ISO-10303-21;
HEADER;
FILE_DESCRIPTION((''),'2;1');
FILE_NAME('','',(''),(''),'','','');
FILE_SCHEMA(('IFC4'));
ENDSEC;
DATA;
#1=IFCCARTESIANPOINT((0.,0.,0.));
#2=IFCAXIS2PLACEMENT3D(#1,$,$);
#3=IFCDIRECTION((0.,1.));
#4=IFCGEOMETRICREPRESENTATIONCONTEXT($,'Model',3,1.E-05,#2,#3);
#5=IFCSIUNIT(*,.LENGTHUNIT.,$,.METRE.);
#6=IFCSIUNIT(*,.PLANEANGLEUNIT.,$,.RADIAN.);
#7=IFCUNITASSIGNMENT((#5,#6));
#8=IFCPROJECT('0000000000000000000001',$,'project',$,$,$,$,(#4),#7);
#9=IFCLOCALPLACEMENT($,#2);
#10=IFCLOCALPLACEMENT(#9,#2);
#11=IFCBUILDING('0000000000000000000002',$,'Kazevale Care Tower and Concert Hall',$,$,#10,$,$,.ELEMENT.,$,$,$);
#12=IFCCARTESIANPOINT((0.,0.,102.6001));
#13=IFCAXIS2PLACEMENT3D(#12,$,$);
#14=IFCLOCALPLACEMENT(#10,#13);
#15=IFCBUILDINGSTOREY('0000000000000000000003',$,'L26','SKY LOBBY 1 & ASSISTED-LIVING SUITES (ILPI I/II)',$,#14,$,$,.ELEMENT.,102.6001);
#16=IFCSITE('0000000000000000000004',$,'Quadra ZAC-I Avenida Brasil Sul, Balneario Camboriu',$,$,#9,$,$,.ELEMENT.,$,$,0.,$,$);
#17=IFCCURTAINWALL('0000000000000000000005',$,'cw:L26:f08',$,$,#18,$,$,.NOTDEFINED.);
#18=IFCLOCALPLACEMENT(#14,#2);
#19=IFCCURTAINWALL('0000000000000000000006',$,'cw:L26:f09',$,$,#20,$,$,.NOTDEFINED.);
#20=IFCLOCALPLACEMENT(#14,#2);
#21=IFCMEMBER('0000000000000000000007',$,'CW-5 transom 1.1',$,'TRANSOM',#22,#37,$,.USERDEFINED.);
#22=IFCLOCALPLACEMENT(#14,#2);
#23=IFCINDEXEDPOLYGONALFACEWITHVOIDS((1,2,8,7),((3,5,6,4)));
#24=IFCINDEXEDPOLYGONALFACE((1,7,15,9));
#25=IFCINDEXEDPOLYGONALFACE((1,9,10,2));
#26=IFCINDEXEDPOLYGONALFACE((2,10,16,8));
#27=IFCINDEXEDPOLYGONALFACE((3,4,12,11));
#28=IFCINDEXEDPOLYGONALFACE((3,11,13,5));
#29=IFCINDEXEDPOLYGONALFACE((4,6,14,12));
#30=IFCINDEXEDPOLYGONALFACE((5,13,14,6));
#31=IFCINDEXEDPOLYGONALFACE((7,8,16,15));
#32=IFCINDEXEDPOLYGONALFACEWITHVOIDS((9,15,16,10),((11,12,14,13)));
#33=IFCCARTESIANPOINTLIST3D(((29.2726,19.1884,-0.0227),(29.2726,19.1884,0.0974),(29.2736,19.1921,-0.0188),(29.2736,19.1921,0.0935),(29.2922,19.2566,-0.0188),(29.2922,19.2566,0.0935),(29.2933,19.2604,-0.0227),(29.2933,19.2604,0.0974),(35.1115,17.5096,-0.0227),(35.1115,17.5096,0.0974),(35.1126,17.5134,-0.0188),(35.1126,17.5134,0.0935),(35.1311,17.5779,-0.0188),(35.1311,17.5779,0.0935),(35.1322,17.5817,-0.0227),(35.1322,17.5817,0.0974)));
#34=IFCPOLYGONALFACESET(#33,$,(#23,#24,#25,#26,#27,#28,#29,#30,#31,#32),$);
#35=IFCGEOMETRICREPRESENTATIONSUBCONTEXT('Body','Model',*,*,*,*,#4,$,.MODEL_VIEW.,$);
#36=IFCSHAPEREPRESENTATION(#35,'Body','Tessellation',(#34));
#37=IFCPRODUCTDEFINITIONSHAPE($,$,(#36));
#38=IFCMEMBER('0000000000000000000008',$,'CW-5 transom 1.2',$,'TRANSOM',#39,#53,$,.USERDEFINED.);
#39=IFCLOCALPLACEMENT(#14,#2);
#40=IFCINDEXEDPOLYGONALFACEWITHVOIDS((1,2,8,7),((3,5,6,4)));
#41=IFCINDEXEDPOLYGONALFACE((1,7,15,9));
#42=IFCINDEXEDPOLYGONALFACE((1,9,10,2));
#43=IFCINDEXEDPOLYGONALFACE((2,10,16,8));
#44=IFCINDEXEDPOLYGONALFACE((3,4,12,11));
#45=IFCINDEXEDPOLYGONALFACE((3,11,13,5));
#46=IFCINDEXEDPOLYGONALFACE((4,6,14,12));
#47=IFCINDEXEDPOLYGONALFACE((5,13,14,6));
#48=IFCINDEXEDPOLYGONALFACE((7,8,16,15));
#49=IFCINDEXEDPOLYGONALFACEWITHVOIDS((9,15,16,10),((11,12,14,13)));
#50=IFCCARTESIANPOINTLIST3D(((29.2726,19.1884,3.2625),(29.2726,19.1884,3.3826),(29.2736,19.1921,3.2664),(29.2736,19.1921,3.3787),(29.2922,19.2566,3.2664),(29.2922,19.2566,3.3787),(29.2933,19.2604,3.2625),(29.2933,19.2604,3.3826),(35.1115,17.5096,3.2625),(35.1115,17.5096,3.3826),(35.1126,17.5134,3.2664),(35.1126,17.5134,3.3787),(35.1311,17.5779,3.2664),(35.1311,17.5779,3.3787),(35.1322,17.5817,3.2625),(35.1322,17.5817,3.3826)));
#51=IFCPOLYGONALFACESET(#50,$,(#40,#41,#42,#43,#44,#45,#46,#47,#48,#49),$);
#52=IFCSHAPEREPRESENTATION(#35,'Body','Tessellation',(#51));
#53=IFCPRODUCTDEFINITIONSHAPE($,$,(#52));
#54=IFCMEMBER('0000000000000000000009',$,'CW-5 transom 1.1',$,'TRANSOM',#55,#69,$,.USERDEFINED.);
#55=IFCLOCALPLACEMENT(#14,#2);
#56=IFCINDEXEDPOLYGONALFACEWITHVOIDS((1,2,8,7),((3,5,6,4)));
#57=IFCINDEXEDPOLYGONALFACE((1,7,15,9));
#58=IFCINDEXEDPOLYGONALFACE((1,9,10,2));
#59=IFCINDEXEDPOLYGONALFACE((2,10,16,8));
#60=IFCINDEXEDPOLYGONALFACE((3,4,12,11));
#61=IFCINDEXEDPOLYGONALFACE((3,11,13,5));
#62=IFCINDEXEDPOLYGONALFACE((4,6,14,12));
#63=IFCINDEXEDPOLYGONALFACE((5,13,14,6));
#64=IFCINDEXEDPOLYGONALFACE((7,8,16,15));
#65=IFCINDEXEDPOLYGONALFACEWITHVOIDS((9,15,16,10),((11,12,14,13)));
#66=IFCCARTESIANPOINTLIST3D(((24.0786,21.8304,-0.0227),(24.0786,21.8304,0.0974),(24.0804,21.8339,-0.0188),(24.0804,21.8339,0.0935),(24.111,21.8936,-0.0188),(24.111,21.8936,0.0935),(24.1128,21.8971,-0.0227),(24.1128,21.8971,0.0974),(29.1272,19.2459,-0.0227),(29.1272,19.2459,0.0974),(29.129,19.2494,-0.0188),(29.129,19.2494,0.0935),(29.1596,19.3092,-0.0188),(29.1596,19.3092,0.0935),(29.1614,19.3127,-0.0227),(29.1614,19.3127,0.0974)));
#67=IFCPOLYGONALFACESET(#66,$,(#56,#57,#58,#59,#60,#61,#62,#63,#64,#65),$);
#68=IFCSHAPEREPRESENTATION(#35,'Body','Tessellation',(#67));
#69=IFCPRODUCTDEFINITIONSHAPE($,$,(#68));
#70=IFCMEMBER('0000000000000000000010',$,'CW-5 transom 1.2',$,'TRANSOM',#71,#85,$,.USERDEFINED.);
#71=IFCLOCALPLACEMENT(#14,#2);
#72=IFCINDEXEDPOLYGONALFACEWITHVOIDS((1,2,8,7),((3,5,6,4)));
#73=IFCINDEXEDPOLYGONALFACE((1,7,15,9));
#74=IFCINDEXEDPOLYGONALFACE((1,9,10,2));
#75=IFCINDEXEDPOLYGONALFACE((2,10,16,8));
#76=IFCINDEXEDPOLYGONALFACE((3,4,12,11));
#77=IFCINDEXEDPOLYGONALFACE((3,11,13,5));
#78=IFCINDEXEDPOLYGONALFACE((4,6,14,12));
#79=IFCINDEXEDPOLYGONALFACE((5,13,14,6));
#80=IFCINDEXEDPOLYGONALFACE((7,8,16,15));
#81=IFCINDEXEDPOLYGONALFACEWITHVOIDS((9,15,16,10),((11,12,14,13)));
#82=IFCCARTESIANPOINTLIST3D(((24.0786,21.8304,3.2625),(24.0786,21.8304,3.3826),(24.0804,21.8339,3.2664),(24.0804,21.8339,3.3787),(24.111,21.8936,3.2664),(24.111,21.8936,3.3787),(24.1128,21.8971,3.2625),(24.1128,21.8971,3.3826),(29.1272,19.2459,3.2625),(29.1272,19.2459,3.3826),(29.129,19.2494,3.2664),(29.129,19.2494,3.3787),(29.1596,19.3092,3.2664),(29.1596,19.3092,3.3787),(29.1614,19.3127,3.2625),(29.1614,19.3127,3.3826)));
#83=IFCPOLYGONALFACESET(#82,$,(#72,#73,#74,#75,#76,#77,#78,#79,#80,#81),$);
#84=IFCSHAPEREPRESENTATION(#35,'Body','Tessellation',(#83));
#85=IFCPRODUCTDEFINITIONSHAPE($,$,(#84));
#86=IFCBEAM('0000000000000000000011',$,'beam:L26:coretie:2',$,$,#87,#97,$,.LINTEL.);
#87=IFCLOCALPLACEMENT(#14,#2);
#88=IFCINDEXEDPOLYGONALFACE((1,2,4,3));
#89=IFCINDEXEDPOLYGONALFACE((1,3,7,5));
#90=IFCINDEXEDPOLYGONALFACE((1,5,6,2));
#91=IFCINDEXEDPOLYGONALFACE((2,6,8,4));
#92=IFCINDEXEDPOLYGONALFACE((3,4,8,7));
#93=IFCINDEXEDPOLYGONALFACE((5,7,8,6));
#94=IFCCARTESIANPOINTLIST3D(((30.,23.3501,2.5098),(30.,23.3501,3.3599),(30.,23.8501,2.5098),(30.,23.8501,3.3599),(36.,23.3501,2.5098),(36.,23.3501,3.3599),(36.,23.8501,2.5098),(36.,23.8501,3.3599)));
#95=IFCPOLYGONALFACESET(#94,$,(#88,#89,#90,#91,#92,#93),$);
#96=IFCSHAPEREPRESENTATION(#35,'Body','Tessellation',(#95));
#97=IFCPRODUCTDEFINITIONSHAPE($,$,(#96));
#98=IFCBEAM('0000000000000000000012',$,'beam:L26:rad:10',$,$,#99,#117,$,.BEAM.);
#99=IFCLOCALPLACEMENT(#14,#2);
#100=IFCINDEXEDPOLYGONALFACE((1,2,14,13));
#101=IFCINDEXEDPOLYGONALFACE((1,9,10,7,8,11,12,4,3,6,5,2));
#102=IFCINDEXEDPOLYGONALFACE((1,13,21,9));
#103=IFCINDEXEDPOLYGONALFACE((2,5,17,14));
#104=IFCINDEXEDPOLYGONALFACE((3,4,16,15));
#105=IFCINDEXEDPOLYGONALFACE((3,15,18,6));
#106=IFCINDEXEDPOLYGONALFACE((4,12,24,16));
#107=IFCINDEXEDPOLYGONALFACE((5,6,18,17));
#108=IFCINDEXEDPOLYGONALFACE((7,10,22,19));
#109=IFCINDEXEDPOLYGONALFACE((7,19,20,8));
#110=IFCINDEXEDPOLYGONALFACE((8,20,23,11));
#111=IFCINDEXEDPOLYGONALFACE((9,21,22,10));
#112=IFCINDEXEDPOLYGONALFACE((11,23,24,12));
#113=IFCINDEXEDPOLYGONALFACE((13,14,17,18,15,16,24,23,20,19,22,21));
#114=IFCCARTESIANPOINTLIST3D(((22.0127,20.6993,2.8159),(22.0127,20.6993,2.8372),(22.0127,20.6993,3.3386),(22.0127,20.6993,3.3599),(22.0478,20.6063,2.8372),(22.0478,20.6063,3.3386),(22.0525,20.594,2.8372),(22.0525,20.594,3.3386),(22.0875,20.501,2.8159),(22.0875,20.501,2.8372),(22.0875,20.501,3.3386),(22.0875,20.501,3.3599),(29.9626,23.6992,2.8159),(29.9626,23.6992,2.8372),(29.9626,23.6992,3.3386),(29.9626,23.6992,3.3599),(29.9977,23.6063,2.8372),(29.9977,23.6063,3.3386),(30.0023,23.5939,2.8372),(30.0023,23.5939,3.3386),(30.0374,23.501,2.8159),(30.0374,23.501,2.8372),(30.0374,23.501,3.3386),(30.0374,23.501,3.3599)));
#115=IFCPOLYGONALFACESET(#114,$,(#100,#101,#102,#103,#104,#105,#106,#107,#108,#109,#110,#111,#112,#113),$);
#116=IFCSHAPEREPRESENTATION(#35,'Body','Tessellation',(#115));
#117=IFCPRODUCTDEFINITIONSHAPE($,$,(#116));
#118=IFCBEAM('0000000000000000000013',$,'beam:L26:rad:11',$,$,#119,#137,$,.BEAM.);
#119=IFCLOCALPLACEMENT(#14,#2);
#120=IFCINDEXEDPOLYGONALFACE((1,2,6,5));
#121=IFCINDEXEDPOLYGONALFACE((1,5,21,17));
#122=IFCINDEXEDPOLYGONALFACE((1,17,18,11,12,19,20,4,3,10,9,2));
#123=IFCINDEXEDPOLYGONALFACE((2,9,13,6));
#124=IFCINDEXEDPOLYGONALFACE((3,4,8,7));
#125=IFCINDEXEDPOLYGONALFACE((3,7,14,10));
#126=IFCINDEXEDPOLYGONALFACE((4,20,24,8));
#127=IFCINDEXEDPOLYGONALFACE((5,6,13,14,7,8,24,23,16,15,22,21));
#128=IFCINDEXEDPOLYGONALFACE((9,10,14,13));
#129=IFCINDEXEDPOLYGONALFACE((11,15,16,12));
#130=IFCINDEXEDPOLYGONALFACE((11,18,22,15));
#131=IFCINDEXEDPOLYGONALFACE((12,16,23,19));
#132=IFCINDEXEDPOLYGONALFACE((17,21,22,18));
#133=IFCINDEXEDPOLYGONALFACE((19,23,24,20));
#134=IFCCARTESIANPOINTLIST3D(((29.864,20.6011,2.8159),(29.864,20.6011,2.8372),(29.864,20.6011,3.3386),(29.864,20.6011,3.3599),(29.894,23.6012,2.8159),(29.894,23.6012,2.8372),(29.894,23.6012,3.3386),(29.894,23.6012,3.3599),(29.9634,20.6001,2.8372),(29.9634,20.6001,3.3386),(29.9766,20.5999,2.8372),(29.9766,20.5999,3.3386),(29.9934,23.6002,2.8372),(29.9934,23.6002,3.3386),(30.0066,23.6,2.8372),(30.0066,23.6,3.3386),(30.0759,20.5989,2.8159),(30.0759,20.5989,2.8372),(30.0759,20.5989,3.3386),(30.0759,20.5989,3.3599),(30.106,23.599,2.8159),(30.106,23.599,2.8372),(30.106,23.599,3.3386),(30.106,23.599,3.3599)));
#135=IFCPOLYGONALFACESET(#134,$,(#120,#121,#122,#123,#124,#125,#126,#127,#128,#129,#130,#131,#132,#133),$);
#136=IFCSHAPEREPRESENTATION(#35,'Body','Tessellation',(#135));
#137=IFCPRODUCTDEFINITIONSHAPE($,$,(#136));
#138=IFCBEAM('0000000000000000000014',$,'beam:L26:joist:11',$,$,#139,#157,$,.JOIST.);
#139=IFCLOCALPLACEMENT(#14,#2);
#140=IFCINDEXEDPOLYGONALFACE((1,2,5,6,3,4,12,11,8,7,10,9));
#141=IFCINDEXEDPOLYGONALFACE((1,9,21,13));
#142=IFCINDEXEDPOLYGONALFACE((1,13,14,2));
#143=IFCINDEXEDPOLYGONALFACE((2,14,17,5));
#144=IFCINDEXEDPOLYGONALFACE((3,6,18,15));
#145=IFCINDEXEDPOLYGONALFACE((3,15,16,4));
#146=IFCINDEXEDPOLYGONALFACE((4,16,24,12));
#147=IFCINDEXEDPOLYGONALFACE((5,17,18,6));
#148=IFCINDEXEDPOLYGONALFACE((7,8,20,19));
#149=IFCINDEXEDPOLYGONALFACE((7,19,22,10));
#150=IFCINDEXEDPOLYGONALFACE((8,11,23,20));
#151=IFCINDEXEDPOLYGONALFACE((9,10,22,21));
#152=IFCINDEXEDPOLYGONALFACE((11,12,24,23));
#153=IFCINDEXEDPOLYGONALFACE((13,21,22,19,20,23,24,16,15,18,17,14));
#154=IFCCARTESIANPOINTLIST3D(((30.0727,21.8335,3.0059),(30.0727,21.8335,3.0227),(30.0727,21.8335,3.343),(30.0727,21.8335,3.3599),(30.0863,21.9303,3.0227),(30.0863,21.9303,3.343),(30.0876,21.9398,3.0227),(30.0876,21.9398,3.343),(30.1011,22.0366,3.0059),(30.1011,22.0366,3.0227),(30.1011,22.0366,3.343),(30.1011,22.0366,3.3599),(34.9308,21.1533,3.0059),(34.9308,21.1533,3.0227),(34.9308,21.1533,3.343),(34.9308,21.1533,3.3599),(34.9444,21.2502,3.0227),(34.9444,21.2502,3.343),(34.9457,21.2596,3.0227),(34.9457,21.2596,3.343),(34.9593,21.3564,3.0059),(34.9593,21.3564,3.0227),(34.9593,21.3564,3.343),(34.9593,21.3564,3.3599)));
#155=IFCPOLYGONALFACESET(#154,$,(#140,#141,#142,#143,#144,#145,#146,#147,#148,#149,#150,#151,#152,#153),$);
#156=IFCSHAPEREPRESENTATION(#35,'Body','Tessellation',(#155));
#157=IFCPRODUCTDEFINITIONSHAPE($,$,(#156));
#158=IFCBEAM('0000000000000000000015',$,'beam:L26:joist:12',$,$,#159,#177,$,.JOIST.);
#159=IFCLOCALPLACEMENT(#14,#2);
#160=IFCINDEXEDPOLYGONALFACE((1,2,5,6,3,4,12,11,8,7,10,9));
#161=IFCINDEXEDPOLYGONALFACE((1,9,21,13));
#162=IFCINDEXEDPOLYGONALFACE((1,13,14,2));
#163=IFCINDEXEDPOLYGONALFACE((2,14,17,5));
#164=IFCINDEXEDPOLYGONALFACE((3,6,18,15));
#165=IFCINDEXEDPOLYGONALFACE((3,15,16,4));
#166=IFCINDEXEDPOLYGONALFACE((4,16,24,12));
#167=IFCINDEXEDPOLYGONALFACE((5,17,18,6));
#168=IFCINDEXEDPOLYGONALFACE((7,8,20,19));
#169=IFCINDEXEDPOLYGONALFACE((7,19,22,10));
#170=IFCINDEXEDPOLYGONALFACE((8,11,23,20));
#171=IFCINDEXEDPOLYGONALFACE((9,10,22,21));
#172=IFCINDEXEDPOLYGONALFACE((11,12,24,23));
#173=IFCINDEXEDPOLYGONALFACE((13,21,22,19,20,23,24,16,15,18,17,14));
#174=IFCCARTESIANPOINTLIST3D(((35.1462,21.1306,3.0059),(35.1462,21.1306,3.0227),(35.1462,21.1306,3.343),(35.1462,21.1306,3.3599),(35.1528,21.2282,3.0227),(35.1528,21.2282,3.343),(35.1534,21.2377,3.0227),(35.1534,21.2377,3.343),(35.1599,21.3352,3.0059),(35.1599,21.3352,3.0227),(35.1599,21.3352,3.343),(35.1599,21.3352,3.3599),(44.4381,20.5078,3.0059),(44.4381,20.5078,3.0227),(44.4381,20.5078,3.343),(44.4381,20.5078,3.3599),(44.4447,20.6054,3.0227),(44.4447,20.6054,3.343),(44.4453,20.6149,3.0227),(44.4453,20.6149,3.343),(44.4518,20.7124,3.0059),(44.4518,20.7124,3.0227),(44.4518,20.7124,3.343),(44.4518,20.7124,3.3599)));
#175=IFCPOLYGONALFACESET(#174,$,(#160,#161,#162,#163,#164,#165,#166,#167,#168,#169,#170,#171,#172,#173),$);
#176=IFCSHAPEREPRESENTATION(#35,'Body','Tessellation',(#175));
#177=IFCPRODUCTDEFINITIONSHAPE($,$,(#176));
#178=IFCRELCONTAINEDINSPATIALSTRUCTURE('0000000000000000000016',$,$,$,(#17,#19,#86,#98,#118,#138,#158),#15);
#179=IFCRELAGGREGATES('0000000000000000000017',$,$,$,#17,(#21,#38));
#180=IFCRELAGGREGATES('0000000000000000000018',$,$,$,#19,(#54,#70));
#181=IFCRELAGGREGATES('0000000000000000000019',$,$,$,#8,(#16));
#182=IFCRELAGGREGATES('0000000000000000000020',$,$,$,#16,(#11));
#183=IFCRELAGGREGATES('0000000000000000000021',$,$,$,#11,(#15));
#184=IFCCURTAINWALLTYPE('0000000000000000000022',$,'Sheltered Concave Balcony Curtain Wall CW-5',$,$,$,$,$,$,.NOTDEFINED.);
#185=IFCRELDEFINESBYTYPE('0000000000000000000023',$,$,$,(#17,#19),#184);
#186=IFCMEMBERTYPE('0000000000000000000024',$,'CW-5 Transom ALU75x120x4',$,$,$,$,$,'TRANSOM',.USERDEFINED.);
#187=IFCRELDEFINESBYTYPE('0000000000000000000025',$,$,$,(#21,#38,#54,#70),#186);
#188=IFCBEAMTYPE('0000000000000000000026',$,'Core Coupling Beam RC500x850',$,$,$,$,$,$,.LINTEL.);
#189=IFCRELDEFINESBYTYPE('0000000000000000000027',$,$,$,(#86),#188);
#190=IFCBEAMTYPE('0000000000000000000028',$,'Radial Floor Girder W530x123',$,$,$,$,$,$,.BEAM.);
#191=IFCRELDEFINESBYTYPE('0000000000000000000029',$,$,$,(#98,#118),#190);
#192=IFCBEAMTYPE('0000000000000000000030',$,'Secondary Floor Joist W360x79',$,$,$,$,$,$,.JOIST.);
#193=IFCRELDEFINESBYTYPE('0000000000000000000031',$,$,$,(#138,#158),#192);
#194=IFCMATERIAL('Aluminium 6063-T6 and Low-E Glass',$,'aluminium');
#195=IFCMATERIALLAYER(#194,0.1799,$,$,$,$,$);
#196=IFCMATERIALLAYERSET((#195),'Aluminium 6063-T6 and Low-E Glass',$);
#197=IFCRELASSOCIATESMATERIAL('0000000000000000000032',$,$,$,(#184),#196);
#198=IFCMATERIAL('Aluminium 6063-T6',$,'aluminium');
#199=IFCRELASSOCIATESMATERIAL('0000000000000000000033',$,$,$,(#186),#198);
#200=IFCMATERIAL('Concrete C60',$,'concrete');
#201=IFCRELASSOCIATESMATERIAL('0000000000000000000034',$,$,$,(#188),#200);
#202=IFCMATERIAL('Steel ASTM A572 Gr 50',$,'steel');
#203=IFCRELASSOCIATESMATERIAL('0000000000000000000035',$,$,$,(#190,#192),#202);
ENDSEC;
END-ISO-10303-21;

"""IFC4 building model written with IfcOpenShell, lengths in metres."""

from ifc_helpers import new_model, si_unit, direction, frame, origin, origin_2d, place, context, subcontext, project, spatial, rectangle, hollow_rectangle, i_section, extrude, material, layer, layer_set, material_profile, profile_set, type_object, element, aggregate, save


model = new_model("IFC4")

# Units and contexts
model_context = context("Model", 3, precision=1e-05, world=origin(), true_north=direction((0.0, 1.0)))
body_context = subcontext(model_context, "Body", "Model", "MODEL_VIEW")
ifc_project = project(units=[si_unit("LENGTHUNIT", "METRE"), si_unit("PLANEANGLEUNIT", "RADIAN")], contexts=[model_context])

# Site, building, storey
site_placement = place(None, origin())
site = spatial("IfcSite", under=ifc_project, at=site_placement, Name="Quadra ZAC-I Avenida Brasil Sul, Balneario Camboriu", CompositionType="ELEMENT", RefElevation=0.0)
building_placement = place(site_placement, origin())
building = spatial("IfcBuilding", under=site, at=building_placement, Name="Kazevale Care Tower and Concert Hall", CompositionType="ELEMENT")
storey_placement = place(building_placement, frame((0.0, 0.0, 102.6001)))
storey = spatial("IfcBuildingStorey", under=building, at=storey_placement, Name="L26", Description="SKY LOBBY 1 & ASSISTED-LIVING SUITES (ILPI I/II)", CompositionType="ELEMENT", Elevation=102.6001)

# Shared definitions
ifc_material_1 = material(Name="Concrete C60", Category="concrete")

# Shared definitions
ifc_material_2 = material(Name="Aluminium 6063-T6 and Low-E Glass", Category="aluminium")
ifc_layer_1 = layer(ifc_material_2, 0.1799)
ifc_layer_set_1 = layer_set([ifc_layer_1], Name="Aluminium 6063-T6 and Low-E Glass")
curtain_wall_type = type_object("IfcCurtainWallType", Name="Sheltered Concave Balcony Curtain Wall CW-5", PredefinedType="NOTDEFINED", material=ifc_layer_set_1)
ifc_material_3 = material(Name="Aluminium 6063-T6", Category="aluminium")

# Curtain wall
curtain_wall_1_placement = place(storey_placement, origin())
curtain_wall_1 = element("IfcCurtainWall", 1, at=curtain_wall_1_placement, inside=storey, type_object=curtain_wall_type, Name="cw:L26:f08", PredefinedType="NOTDEFINED")

# Curtain wall
curtain_wall_2_placement = place(storey_placement, origin())
curtain_wall_2 = element("IfcCurtainWall", 2, at=curtain_wall_2_placement, inside=storey, type_object=curtain_wall_type, Name="cw:L26:f09", PredefinedType="NOTDEFINED")

# Members
ifc_material_profile_1 = material_profile(ifc_material_3, hollow_rectangle(XDim=0.075, YDim=0.1201, WallThickness=0.0039, at=origin_2d()), Name="ALU75x120x4")
ifc_profile_set_1 = profile_set([ifc_material_profile_1], Name="Aluminium 6063-T6")
member_type_1 = type_object("IfcMemberType", Name="CW-5 Transom ALU75x120x4", ElementType="TRANSOM", PredefinedType="USERDEFINED", material=ifc_profile_set_1)
member_1_placement = place(storey_placement, frame((35.1218, 17.5457, 0.0374), z_axis=(-0.961068, 0.276313, 0.0), x_axis=(-0.276313, -0.961068, 0.0)))
member_1 = element("IfcMember", 3, at=member_1_placement, type_object=member_type_1, Name="CW-5 transom 1.1", ObjectType="TRANSOM", PredefinedType="USERDEFINED", context=body_context, shape_type="SweptSolid", body=[
    extrude(hollow_rectangle(XDim=0.075, YDim=0.1201, WallThickness=0.0039, at=origin_2d()), origin(), (0.0, 0.0, 1.0), 6.0754),
])
member_2_placement = place(storey_placement, frame((35.1218, 17.5457, 3.3225), z_axis=(-0.961068, 0.276313, 0.0), x_axis=(-0.276313, -0.961068, 0.0)))
member_2 = element("IfcMember", 4, at=member_2_placement, type_object=member_type_1, Name="CW-5 transom 1.2", ObjectType="TRANSOM", PredefinedType="USERDEFINED", context=body_context, shape_type="SweptSolid", body=[
    extrude(hollow_rectangle(XDim=0.075, YDim=0.1201, WallThickness=0.0039, at=origin_2d()), origin(), (0.0, 0.0, 1.0), 6.0754),
])
member_3_placement = place(storey_placement, frame((29.1443, 19.2793, 0.0374), z_axis=(-0.890143, 0.455682, 0.0), x_axis=(-0.455682, -0.890143, 0.0)))
member_3 = element("IfcMember", 5, at=member_3_placement, type_object=member_type_1, Name="CW-5 transom 1.1", ObjectType="TRANSOM", PredefinedType="USERDEFINED", context=body_context, shape_type="SweptSolid", body=[
    extrude(hollow_rectangle(XDim=0.075, YDim=0.1201, WallThickness=0.0039, at=origin_2d()), origin(), (0.0, 0.0, 1.0), 5.6716),
])
member_4_placement = place(storey_placement, frame((29.1443, 19.2793, 3.3225), z_axis=(-0.890143, 0.455682, 0.0), x_axis=(-0.455682, -0.890143, 0.0)))
member_4 = element("IfcMember", 6, at=member_4_placement, type_object=member_type_1, Name="CW-5 transom 1.2", ObjectType="TRANSOM", PredefinedType="USERDEFINED", context=body_context, shape_type="SweptSolid", body=[
    extrude(hollow_rectangle(XDim=0.075, YDim=0.1201, WallThickness=0.0039, at=origin_2d()), origin(), (0.0, 0.0, 1.0), 5.6716),
])

# Beams
ifc_material_profile_2 = material_profile(ifc_material_1, rectangle(XDim=0.5, YDim=0.8501, at=origin_2d()), Name="RC-B500x850")
ifc_profile_set_2 = profile_set([ifc_material_profile_2], Name="Concrete C60")
beam_type_1 = type_object("IfcBeamType", Name="Core Coupling Beam RC500x850", PredefinedType="LINTEL", material=ifc_profile_set_2)
beam_1_placement = place(storey_placement, frame((30.0, 23.6001, 2.9348), z_axis=(1.0, 0.0, 0.0), x_axis=(0.0, 1.0, 0.0)))
element("IfcBeam", 7, at=beam_1_placement, inside=storey, type_object=beam_type_1, Name="beam:L26:coretie:2", PredefinedType="LINTEL", context=body_context, shape_type="SweptSolid", body=[
    extrude(rectangle(XDim=0.5, YDim=0.8501, at=origin_2d()), origin(), (0.0, 0.0, 1.0), 6.0),
])
ifc_material_4 = material(Name="Steel ASTM A572 Gr 50", Category="steel")
ifc_material_profile_3 = material_profile(ifc_material_4, i_section(OverallWidth=0.2119, OverallDepth=0.5439, WebThickness=0.0132, FlangeThickness=0.0212, at=origin_2d()), Name="W530x123")
ifc_profile_set_3 = profile_set([ifc_material_profile_3], Name="Steel ASTM A572 Gr 50")
beam_type_2 = type_object("IfcBeamType", Name="Radial Floor Girder W530x123", PredefinedType="BEAM", material=ifc_profile_set_3)
beam_2_placement = place(storey_placement, frame((30.0, 23.6001, 3.0879), z_axis=(-0.935601, -0.353059, 0.0), x_axis=(0.353059, -0.935601, 0.0)))
element("IfcBeam", 8, at=beam_2_placement, inside=storey, type_object=beam_type_2, Name="beam:L26:rad:10", PredefinedType="BEAM", context=body_context, shape_type="SweptSolid", body=[
    extrude(i_section(OverallWidth=0.2119, OverallDepth=0.5439, WebThickness=0.0132, FlangeThickness=0.0212, at=origin_2d()), origin(), (0.0, 0.0, 1.0), 8.4971),
])
beam_3_placement = place(storey_placement, frame((30.0, 23.6001, 3.0879), z_axis=(-0.010009, -0.99995, 0.0), x_axis=(0.99995, -0.010009, 0.0)))
element("IfcBeam", 9, at=beam_3_placement, inside=storey, type_object=beam_type_2, Name="beam:L26:rad:11", PredefinedType="BEAM", context=body_context, shape_type="SweptSolid", body=[
    extrude(i_section(OverallWidth=0.2119, OverallDepth=0.5439, WebThickness=0.0132, FlangeThickness=0.0212, at=origin_2d()), origin(), (0.0, 0.0, 1.0), 3.0002),
])
ifc_material_profile_4 = material_profile(ifc_material_4, i_section(OverallWidth=0.2051, OverallDepth=0.354, WebThickness=0.0095, FlangeThickness=0.0168, at=origin_2d()), Name="W360x79")
ifc_profile_set_4 = profile_set([ifc_material_profile_4], Name="Steel ASTM A572 Gr 50")
beam_type_3 = type_object("IfcBeamType", Name="Secondary Floor Joist W360x79", PredefinedType="JOIST", material=ifc_profile_set_4)
beam_4_placement = place(storey_placement, frame((30.0869, 21.9351, 3.1829), z_axis=(0.990341, -0.138655, 0.0), x_axis=(0.138655, 0.990341, 0.0)))
element("IfcBeam", 10, at=beam_4_placement, inside=storey, type_object=beam_type_3, Name="beam:L26:joist:11", PredefinedType="JOIST", context=body_context, shape_type="SweptSolid", body=[
    extrude(i_section(OverallWidth=0.2051, OverallDepth=0.354, WebThickness=0.0095, FlangeThickness=0.0168, at=origin_2d()), origin(), (0.0, 0.0, 1.0), 4.9055),
])
beam_5_placement = place(storey_placement, frame((35.1531, 21.2329, 3.1829), z_axis=(0.997761, -0.066876, 0.0), x_axis=(0.066876, 0.997761, 0.0)))
element("IfcBeam", 11, at=beam_5_placement, inside=storey, type_object=beam_type_3, Name="beam:L26:joist:12", PredefinedType="JOIST", context=body_context, shape_type="SweptSolid", body=[
    extrude(i_section(OverallWidth=0.2051, OverallDepth=0.354, WebThickness=0.0095, FlangeThickness=0.0168, at=origin_2d()), origin(), (0.0, 0.0, 1.0), 9.3127),
])

aggregate(curtain_wall_1, [member_1, member_2])
aggregate(curtain_wall_2, [member_3, member_4])

save(model, "model.ifc")
